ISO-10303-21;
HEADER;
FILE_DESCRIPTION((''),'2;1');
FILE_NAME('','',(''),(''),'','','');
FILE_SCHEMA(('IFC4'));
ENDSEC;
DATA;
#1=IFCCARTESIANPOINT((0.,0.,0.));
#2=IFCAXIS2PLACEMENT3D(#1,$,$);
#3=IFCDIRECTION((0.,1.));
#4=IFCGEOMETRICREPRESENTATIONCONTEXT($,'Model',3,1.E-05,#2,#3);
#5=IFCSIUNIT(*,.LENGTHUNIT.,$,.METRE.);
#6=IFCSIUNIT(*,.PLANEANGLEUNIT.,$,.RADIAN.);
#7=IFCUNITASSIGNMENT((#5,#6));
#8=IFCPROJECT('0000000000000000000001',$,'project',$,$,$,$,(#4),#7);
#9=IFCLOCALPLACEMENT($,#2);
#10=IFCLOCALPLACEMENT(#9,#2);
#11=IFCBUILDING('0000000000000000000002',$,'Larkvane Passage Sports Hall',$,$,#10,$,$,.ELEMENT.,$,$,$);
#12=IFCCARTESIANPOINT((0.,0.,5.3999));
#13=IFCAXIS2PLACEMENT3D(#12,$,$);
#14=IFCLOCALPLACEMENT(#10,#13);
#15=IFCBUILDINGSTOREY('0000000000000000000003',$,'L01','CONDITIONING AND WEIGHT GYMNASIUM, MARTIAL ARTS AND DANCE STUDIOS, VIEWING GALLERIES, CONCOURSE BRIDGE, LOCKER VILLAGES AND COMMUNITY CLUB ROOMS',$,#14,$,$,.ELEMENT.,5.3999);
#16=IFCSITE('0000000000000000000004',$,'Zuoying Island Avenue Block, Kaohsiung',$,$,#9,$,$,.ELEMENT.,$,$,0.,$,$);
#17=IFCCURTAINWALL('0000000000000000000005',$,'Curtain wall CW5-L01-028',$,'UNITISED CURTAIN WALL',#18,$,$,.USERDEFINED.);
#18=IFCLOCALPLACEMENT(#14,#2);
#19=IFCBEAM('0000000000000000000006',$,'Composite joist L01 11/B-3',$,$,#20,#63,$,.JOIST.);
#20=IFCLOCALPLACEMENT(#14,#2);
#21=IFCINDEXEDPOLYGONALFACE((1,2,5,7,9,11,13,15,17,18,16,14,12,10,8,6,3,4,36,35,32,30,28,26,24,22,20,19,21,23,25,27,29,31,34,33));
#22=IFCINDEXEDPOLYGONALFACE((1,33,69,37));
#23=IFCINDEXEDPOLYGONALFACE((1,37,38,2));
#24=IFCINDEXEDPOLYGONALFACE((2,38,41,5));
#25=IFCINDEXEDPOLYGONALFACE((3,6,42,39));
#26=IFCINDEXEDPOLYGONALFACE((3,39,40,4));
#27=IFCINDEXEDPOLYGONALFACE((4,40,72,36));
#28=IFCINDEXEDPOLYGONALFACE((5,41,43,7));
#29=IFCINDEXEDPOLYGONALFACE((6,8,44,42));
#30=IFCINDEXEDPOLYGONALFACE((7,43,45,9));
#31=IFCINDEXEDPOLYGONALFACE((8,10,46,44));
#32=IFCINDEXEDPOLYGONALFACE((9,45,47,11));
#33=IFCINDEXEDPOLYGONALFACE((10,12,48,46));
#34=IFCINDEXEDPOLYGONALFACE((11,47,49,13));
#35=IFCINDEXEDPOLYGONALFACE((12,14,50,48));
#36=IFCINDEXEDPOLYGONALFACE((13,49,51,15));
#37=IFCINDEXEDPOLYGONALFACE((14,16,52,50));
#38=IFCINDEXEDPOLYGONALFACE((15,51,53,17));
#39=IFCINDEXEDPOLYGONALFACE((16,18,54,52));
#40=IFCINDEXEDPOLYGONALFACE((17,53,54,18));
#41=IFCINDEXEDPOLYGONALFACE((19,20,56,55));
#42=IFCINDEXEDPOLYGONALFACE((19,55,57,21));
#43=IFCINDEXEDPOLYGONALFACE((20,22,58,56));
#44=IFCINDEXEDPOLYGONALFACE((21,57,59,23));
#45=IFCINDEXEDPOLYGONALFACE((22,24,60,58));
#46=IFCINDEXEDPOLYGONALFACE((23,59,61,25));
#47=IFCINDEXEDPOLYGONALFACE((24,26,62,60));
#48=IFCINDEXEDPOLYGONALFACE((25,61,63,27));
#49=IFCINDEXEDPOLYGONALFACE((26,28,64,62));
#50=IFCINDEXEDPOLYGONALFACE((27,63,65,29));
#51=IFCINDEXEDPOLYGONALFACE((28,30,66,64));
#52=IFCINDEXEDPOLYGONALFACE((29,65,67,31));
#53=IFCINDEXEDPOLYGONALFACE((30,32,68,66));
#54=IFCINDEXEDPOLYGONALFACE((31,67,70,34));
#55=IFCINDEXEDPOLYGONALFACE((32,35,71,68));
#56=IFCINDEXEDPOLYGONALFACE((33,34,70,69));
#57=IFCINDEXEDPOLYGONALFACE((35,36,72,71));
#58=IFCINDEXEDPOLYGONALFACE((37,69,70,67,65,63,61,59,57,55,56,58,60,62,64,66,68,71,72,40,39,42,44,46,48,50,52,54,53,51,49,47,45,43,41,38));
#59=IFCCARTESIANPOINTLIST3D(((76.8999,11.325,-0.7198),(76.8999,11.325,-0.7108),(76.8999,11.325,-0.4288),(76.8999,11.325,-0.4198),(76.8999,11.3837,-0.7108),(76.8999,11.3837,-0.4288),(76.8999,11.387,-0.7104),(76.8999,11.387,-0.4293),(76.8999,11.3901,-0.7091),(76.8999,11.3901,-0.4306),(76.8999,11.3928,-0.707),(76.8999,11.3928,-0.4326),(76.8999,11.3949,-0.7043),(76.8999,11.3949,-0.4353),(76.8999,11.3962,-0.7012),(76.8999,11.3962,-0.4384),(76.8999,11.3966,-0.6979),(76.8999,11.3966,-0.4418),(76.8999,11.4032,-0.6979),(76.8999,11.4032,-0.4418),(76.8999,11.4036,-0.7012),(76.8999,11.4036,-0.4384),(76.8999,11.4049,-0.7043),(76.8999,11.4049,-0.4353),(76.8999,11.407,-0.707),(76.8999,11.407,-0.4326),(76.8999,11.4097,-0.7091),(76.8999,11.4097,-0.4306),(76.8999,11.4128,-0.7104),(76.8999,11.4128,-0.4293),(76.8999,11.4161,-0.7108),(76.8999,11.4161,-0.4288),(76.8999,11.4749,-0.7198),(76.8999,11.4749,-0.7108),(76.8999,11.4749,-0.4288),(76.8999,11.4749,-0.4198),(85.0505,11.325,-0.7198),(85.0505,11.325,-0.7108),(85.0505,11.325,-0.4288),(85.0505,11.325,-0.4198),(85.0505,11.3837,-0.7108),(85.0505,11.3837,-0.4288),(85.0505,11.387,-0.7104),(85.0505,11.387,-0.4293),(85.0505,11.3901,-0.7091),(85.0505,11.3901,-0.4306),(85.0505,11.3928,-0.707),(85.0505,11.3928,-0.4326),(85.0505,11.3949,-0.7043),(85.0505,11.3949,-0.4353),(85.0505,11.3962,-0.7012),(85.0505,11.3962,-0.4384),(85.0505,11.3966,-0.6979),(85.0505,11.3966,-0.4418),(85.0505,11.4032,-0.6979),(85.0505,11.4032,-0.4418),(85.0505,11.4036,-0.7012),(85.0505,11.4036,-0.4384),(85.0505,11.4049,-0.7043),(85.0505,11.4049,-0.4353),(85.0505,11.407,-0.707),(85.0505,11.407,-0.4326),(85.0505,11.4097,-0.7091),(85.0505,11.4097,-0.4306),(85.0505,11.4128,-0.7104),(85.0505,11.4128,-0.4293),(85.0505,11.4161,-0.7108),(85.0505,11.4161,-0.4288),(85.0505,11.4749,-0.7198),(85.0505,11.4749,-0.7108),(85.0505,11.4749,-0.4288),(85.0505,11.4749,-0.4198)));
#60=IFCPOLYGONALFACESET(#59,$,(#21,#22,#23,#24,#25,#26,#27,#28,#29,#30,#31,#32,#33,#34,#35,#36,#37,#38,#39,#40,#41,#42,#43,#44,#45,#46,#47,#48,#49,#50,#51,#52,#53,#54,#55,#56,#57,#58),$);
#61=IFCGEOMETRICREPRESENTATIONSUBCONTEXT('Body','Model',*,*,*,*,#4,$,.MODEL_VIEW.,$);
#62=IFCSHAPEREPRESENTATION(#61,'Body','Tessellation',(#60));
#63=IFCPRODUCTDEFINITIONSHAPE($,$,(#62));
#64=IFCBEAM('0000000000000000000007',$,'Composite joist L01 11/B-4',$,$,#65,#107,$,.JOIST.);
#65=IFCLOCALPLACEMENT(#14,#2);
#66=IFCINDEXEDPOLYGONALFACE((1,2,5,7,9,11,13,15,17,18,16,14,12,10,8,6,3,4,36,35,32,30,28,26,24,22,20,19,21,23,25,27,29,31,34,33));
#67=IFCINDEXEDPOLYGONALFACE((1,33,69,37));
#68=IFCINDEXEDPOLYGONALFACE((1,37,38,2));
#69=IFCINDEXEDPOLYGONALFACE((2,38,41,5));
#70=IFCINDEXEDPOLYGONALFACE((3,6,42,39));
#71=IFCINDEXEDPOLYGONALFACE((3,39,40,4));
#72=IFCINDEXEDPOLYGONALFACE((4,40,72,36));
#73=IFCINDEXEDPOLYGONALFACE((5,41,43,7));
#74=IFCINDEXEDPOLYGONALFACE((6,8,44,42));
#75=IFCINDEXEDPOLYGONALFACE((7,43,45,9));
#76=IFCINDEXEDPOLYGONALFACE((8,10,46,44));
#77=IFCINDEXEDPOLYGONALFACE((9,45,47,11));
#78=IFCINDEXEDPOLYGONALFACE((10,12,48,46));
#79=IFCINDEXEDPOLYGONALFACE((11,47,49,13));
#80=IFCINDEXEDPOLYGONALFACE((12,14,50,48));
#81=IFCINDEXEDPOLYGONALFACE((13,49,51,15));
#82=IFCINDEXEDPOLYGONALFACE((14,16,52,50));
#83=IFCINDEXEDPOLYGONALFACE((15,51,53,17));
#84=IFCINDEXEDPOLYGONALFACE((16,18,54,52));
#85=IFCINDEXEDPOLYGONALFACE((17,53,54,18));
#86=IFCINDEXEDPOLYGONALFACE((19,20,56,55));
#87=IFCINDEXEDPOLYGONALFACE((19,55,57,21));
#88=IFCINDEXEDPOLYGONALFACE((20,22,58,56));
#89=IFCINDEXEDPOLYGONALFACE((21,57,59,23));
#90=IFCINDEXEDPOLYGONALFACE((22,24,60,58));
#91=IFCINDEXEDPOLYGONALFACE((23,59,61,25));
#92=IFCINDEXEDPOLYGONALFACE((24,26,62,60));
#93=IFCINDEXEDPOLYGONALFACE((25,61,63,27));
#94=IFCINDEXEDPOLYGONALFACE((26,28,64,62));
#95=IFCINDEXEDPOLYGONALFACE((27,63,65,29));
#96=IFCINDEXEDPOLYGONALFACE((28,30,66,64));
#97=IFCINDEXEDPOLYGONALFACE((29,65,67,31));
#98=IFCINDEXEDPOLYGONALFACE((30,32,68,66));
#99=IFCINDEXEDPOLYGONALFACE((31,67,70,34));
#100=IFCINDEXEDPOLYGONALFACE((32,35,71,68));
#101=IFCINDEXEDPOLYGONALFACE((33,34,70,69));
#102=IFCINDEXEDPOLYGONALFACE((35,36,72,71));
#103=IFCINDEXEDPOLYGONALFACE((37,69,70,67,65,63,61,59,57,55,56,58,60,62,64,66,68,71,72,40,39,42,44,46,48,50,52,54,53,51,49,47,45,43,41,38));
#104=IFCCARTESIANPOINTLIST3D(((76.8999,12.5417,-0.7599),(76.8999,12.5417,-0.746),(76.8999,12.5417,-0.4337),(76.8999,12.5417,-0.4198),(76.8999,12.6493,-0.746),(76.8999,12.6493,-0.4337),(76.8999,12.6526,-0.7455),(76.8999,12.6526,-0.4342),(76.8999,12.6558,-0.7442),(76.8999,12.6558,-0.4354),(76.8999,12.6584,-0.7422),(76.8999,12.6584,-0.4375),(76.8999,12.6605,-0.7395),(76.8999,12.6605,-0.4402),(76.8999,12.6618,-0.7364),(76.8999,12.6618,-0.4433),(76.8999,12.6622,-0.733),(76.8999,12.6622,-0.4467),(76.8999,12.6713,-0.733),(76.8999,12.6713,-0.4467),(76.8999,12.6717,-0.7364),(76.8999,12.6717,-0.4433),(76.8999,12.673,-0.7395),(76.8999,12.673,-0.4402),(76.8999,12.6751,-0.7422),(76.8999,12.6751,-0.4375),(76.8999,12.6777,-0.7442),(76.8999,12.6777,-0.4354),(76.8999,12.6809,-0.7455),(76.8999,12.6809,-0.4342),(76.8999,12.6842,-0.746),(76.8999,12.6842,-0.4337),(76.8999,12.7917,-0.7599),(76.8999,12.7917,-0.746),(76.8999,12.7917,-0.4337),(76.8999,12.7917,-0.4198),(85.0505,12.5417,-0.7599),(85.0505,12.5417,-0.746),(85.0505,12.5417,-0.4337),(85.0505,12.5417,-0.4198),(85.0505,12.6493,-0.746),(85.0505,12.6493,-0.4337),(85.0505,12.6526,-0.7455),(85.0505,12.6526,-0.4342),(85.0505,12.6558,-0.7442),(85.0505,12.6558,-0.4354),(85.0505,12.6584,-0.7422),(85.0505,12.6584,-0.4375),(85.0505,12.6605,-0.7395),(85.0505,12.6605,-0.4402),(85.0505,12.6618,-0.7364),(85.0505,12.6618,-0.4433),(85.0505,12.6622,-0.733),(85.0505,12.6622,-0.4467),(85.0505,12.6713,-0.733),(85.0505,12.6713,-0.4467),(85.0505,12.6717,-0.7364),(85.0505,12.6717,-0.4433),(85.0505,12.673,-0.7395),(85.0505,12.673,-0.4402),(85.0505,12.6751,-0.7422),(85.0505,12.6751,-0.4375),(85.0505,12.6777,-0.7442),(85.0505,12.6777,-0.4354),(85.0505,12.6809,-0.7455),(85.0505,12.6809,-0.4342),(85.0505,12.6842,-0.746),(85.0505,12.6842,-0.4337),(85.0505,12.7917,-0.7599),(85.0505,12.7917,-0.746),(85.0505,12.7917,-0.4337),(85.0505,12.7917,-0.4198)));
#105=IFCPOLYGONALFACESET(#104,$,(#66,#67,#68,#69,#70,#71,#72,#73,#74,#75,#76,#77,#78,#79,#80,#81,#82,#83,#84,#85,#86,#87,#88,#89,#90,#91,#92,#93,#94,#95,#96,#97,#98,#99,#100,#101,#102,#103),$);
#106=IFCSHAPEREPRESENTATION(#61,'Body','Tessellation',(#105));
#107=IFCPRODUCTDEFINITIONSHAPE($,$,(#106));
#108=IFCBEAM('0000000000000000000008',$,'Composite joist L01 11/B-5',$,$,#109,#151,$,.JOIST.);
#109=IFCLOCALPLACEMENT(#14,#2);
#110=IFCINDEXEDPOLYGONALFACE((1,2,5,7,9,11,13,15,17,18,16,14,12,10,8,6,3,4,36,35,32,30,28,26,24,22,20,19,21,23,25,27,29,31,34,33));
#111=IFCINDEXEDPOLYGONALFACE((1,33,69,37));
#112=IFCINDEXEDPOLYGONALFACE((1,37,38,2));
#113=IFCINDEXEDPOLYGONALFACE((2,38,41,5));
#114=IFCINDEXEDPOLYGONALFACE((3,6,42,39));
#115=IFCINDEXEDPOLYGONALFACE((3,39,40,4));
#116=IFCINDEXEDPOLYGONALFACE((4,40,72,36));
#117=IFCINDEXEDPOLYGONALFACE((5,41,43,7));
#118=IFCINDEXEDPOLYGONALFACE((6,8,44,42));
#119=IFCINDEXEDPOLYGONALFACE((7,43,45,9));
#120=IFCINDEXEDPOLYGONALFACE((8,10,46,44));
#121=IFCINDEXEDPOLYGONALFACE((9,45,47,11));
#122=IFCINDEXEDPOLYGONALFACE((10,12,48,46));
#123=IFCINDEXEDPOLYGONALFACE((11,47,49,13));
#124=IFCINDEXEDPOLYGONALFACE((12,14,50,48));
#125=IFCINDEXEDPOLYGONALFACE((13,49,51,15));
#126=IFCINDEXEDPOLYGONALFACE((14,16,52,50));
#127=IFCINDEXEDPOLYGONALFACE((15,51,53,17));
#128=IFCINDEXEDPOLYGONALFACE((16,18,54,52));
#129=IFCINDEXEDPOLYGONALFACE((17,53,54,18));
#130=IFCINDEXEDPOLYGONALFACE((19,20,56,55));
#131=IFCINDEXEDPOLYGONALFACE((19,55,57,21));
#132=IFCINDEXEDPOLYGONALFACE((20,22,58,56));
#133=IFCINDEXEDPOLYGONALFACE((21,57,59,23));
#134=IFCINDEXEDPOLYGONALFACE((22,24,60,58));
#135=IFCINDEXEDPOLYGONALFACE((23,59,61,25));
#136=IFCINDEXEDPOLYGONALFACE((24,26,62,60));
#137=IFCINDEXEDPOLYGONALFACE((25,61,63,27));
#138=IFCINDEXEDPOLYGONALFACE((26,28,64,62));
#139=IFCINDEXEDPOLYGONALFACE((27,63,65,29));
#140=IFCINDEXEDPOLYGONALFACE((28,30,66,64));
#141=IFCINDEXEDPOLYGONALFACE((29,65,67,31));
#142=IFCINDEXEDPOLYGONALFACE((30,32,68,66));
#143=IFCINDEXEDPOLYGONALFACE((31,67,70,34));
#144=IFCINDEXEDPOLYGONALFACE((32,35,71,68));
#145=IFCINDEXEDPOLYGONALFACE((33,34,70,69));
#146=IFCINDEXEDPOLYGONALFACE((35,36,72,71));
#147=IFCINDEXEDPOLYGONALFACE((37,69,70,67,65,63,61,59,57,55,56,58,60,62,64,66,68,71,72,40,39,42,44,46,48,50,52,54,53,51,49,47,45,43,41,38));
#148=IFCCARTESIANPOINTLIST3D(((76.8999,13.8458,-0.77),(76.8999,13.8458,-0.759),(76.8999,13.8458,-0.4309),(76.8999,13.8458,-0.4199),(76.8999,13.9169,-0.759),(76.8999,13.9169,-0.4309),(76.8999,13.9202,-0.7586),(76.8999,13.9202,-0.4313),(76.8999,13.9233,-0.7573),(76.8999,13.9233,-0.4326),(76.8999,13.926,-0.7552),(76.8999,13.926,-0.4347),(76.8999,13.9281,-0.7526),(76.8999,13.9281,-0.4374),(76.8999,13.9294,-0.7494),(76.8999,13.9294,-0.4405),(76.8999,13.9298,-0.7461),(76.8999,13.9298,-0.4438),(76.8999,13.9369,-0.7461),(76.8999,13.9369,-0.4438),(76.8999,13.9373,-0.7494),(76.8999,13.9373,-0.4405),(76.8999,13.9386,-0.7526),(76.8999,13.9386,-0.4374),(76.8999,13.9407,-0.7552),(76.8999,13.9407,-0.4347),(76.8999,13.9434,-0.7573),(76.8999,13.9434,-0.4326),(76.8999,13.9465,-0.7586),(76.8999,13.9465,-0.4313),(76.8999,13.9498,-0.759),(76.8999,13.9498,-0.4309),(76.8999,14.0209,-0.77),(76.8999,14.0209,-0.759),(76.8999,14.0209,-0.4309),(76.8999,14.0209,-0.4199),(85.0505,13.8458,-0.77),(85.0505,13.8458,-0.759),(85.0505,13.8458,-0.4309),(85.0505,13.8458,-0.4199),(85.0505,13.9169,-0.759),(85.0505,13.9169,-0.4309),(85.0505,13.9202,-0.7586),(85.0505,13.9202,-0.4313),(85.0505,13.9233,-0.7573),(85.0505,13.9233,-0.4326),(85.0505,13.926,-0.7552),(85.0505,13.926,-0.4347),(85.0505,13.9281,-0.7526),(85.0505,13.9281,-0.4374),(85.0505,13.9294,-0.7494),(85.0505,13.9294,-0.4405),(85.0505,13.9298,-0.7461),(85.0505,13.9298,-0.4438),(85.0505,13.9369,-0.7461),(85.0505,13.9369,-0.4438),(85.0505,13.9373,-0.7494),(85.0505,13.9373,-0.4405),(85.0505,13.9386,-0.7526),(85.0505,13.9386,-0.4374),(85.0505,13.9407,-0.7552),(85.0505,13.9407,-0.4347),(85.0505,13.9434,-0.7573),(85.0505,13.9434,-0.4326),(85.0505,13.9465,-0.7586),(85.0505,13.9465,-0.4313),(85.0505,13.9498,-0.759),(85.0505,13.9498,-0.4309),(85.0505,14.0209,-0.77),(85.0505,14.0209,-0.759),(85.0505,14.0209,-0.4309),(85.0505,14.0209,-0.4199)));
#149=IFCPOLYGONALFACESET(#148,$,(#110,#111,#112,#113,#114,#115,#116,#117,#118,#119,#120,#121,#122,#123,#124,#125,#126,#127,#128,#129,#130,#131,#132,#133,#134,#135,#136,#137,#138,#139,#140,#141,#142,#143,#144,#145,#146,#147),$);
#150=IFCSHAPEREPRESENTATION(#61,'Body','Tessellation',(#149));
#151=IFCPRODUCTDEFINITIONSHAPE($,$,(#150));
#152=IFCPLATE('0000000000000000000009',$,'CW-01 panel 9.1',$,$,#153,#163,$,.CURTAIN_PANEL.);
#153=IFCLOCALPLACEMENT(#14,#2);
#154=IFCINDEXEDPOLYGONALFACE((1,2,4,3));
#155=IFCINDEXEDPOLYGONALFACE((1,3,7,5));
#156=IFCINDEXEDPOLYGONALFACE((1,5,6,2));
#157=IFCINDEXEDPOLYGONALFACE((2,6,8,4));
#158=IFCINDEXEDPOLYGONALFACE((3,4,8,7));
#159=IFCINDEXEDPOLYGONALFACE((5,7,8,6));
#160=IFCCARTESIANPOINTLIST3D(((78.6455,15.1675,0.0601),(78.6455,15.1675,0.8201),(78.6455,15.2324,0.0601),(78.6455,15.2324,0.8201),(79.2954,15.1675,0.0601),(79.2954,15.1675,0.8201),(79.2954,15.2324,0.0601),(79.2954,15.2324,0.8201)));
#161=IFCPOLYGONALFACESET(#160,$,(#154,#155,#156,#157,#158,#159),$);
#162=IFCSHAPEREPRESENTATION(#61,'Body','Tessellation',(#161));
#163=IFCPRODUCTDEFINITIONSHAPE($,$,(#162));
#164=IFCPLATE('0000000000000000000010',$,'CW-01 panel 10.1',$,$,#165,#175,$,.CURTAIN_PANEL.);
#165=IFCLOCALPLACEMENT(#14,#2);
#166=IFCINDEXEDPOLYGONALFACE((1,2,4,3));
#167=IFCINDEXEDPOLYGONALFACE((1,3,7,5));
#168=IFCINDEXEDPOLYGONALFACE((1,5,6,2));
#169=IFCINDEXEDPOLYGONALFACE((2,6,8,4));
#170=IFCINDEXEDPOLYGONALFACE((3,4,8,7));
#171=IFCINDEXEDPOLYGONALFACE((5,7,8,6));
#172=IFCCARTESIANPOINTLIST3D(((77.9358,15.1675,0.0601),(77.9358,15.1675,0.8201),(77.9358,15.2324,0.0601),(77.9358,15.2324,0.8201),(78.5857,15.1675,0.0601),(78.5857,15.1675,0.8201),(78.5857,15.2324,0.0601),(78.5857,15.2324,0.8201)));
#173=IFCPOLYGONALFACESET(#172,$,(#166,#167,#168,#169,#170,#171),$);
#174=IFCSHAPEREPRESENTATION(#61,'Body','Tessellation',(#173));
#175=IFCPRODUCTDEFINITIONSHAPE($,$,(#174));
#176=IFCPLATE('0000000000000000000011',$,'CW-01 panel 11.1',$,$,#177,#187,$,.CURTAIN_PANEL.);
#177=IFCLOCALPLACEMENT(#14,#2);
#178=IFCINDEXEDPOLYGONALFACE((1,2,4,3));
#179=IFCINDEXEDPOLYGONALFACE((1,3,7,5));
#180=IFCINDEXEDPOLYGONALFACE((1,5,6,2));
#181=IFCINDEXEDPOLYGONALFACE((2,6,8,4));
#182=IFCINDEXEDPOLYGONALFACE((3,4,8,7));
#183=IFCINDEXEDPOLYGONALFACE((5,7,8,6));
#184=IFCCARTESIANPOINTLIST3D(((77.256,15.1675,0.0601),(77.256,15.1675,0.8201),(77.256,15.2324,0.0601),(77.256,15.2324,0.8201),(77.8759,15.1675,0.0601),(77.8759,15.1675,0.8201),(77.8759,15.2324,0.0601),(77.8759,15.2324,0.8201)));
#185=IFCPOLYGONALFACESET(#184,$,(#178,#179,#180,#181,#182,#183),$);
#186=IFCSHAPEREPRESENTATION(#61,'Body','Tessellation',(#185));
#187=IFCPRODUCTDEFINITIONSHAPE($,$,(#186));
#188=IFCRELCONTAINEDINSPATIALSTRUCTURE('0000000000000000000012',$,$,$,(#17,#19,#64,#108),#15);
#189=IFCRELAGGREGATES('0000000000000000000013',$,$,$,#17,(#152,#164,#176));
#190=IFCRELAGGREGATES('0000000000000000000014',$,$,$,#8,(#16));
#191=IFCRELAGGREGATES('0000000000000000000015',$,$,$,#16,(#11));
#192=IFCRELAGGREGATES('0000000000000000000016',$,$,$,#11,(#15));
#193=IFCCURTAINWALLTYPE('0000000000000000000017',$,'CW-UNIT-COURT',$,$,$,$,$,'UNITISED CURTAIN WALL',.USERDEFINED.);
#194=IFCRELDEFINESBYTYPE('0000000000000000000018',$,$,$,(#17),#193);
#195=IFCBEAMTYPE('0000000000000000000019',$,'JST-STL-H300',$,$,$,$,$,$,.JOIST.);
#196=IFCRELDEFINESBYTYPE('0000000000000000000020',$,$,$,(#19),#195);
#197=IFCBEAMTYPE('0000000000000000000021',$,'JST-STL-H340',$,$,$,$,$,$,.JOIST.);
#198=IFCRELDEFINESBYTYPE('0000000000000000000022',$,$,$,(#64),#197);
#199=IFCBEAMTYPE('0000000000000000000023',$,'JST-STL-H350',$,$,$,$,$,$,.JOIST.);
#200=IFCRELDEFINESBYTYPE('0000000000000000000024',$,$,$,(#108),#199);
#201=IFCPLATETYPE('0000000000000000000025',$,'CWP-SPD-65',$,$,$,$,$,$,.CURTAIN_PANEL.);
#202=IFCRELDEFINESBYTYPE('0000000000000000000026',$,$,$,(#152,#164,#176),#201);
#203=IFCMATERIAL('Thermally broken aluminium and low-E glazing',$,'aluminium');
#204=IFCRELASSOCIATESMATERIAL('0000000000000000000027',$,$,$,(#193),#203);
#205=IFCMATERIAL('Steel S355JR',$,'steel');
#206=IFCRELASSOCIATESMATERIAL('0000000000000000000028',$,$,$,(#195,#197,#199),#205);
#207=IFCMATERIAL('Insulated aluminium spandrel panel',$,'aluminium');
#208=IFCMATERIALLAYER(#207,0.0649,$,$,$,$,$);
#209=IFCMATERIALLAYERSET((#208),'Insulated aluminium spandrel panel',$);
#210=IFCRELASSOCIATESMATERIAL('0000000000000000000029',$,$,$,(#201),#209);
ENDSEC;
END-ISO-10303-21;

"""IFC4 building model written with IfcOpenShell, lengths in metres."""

from ifc_helpers import new_model, si_unit, direction, frame, origin, origin_2d, place, context, subcontext, project, spatial, rectangle, i_section, extrude, material, layer, layer_set, material_profile, profile_set, type_object, element, aggregate, save


model = new_model("IFC4")

# Units and contexts
model_context = context("Model", 3, precision=1e-05, world=origin(), true_north=direction((0.0, 1.0)))
body_context = subcontext(model_context, "Body", "Model", "MODEL_VIEW")
ifc_project = project(units=[si_unit("LENGTHUNIT", "METRE"), si_unit("PLANEANGLEUNIT", "RADIAN")], contexts=[model_context])

# Site, building, storey
site_placement = place(None, origin())
site = spatial("IfcSite", under=ifc_project, at=site_placement, Name="Zuoying Island Avenue Block, Kaohsiung", CompositionType="ELEMENT", RefElevation=0.0)
building_placement = place(site_placement, origin())
building = spatial("IfcBuilding", under=site, at=building_placement, Name="Larkvane Passage Sports Hall", CompositionType="ELEMENT")
storey_placement = place(building_placement, frame((0.0, 0.0, 5.3999)))
storey = spatial("IfcBuildingStorey", under=building, at=storey_placement, Name="L01", Description="CONDITIONING AND WEIGHT GYMNASIUM, MARTIAL ARTS AND DANCE STUDIOS, VIEWING GALLERIES, CONCOURSE BRIDGE, LOCKER VILLAGES AND COMMUNITY CLUB ROOMS", CompositionType="ELEMENT", Elevation=5.3999)

# Curtain wall
ifc_material_1 = material(Name="Thermally broken aluminium and low-E glazing", Category="aluminium")
curtain_wall_type = type_object("IfcCurtainWallType", Name="CW-UNIT-COURT", ElementType="UNITISED CURTAIN WALL", PredefinedType="USERDEFINED", material=ifc_material_1)
curtain_wall_placement = place(storey_placement, origin())
curtain_wall = element("IfcCurtainWall", 1, at=curtain_wall_placement, inside=storey, type_object=curtain_wall_type, Name="Curtain wall CW5-L01-028", ObjectType="UNITISED CURTAIN WALL", PredefinedType="USERDEFINED")

# Beams
ifc_material_2 = material(Name="Steel S355JR", Category="steel")
ifc_material_profile_1 = material_profile(ifc_material_2, i_section(OverallWidth=0.1499, OverallDepth=0.3, WebThickness=0.0066, FlangeThickness=0.009, FilletRadius=0.0129, at=origin_2d()), Name="H-300x150x6.5x9")
ifc_profile_set_1 = profile_set([ifc_material_profile_1], Name="Steel S355JR")
beam_type_1 = type_object("IfcBeamType", Name="JST-STL-H300", PredefinedType="JOIST", material=ifc_profile_set_1)
beam_1_placement = place(storey_placement, frame((76.8999, 11.3999, -0.5698), z_axis=(1.0, 0.0, 0.0), x_axis=(0.0, 1.0, 0.0)))
element("IfcBeam", 2, at=beam_1_placement, inside=storey, type_object=beam_type_1, Name="Composite joist L01 11/B-3", PredefinedType="JOIST", context=body_context, shape_type="SweptSolid", body=[
    extrude(i_section(OverallWidth=0.1499, OverallDepth=0.3, WebThickness=0.0066, FlangeThickness=0.009, FilletRadius=0.0129, at=origin_2d()), origin(), (0.0, 0.0, 1.0), 8.1506),
])
ifc_material_profile_2 = material_profile(ifc_material_2, i_section(OverallWidth=0.25, OverallDepth=0.3401, WebThickness=0.009, FlangeThickness=0.0139, FilletRadius=0.0129, at=origin_2d()), Name="H-340x250x9x14")
ifc_profile_set_2 = profile_set([ifc_material_profile_2], Name="Steel S355JR")
beam_type_2 = type_object("IfcBeamType", Name="JST-STL-H340", PredefinedType="JOIST", material=ifc_profile_set_2)
beam_2_placement = place(storey_placement, frame((76.8999, 12.6667, -0.5898), z_axis=(1.0, 0.0, 0.0), x_axis=(0.0, 1.0, 0.0)))
element("IfcBeam", 3, at=beam_2_placement, inside=storey, type_object=beam_type_2, Name="Composite joist L01 11/B-4", PredefinedType="JOIST", context=body_context, shape_type="SweptSolid", body=[
    extrude(i_section(OverallWidth=0.25, OverallDepth=0.3401, WebThickness=0.009, FlangeThickness=0.0139, FilletRadius=0.0129, at=origin_2d()), origin(), (0.0, 0.0, 1.0), 8.1506),
])
ifc_material_profile_3 = material_profile(ifc_material_2, i_section(OverallWidth=0.175, OverallDepth=0.3501, WebThickness=0.0071, FlangeThickness=0.011, FilletRadius=0.0129, at=origin_2d()), Name="H-350x175x7x11")
ifc_profile_set_3 = profile_set([ifc_material_profile_3], Name="Steel S355JR")
beam_type_3 = type_object("IfcBeamType", Name="JST-STL-H350", PredefinedType="JOIST", material=ifc_profile_set_3)
beam_3_placement = place(storey_placement, frame((76.8999, 13.9333, -0.595), z_axis=(1.0, 0.0, 0.0), x_axis=(0.0, 1.0, 0.0)))
element("IfcBeam", 4, at=beam_3_placement, inside=storey, type_object=beam_type_3, Name="Composite joist L01 11/B-5", PredefinedType="JOIST", context=body_context, shape_type="SweptSolid", body=[
    extrude(i_section(OverallWidth=0.175, OverallDepth=0.3501, WebThickness=0.0071, FlangeThickness=0.011, FilletRadius=0.0129, at=origin_2d()), origin(), (0.0, 0.0, 1.0), 8.1506),
])

# Plates
ifc_material_3 = material(Name="Insulated aluminium spandrel panel", Category="aluminium")
ifc_layer_1 = layer(ifc_material_3, 0.0649)
ifc_layer_set_1 = layer_set([ifc_layer_1], Name="Insulated aluminium spandrel panel")
plate_type_1 = type_object("IfcPlateType", Name="CWP-SPD-65", PredefinedType="CURTAIN_PANEL", material=ifc_layer_set_1)
plate_1_placement = place(storey_placement, frame((78.9705, 15.2, 0.0601), z_axis=(0.0, 0.0, 1.0), x_axis=(-1.0, 0.0, 0.0)))
plate_1 = element("IfcPlate", 5, at=plate_1_placement, type_object=plate_type_1, Name="CW-01 panel 9.1", PredefinedType="CURTAIN_PANEL", context=body_context, shape_type="SweptSolid", body=[
    extrude(rectangle(XDim=0.6499, YDim=0.0649, at=origin_2d()), origin(), (0.0, 0.0, 1.0), 0.76),
])
plate_2_placement = place(storey_placement, frame((78.2607, 15.2, 0.0601), z_axis=(0.0, 0.0, 1.0), x_axis=(-1.0, 0.0, 0.0)))
plate_2 = element("IfcPlate", 6, at=plate_2_placement, type_object=plate_type_1, Name="CW-01 panel 10.1", PredefinedType="CURTAIN_PANEL", context=body_context, shape_type="SweptSolid", body=[
    extrude(rectangle(XDim=0.6499, YDim=0.0649, at=origin_2d()), origin(), (0.0, 0.0, 1.0), 0.76),
])
plate_3_placement = place(storey_placement, frame((77.5659, 15.2, 0.0601), z_axis=(0.0, 0.0, 1.0), x_axis=(-1.0, 0.0, 0.0)))
plate_3 = element("IfcPlate", 7, at=plate_3_placement, type_object=plate_type_1, Name="CW-01 panel 11.1", PredefinedType="CURTAIN_PANEL", context=body_context, shape_type="SweptSolid", body=[
    extrude(rectangle(XDim=0.6199, YDim=0.0649, at=origin_2d()), origin(), (0.0, 0.0, 1.0), 0.76),
])
aggregate(curtain_wall, [plate_1, plate_2, plate_3])

save(model, "model.ifc")
